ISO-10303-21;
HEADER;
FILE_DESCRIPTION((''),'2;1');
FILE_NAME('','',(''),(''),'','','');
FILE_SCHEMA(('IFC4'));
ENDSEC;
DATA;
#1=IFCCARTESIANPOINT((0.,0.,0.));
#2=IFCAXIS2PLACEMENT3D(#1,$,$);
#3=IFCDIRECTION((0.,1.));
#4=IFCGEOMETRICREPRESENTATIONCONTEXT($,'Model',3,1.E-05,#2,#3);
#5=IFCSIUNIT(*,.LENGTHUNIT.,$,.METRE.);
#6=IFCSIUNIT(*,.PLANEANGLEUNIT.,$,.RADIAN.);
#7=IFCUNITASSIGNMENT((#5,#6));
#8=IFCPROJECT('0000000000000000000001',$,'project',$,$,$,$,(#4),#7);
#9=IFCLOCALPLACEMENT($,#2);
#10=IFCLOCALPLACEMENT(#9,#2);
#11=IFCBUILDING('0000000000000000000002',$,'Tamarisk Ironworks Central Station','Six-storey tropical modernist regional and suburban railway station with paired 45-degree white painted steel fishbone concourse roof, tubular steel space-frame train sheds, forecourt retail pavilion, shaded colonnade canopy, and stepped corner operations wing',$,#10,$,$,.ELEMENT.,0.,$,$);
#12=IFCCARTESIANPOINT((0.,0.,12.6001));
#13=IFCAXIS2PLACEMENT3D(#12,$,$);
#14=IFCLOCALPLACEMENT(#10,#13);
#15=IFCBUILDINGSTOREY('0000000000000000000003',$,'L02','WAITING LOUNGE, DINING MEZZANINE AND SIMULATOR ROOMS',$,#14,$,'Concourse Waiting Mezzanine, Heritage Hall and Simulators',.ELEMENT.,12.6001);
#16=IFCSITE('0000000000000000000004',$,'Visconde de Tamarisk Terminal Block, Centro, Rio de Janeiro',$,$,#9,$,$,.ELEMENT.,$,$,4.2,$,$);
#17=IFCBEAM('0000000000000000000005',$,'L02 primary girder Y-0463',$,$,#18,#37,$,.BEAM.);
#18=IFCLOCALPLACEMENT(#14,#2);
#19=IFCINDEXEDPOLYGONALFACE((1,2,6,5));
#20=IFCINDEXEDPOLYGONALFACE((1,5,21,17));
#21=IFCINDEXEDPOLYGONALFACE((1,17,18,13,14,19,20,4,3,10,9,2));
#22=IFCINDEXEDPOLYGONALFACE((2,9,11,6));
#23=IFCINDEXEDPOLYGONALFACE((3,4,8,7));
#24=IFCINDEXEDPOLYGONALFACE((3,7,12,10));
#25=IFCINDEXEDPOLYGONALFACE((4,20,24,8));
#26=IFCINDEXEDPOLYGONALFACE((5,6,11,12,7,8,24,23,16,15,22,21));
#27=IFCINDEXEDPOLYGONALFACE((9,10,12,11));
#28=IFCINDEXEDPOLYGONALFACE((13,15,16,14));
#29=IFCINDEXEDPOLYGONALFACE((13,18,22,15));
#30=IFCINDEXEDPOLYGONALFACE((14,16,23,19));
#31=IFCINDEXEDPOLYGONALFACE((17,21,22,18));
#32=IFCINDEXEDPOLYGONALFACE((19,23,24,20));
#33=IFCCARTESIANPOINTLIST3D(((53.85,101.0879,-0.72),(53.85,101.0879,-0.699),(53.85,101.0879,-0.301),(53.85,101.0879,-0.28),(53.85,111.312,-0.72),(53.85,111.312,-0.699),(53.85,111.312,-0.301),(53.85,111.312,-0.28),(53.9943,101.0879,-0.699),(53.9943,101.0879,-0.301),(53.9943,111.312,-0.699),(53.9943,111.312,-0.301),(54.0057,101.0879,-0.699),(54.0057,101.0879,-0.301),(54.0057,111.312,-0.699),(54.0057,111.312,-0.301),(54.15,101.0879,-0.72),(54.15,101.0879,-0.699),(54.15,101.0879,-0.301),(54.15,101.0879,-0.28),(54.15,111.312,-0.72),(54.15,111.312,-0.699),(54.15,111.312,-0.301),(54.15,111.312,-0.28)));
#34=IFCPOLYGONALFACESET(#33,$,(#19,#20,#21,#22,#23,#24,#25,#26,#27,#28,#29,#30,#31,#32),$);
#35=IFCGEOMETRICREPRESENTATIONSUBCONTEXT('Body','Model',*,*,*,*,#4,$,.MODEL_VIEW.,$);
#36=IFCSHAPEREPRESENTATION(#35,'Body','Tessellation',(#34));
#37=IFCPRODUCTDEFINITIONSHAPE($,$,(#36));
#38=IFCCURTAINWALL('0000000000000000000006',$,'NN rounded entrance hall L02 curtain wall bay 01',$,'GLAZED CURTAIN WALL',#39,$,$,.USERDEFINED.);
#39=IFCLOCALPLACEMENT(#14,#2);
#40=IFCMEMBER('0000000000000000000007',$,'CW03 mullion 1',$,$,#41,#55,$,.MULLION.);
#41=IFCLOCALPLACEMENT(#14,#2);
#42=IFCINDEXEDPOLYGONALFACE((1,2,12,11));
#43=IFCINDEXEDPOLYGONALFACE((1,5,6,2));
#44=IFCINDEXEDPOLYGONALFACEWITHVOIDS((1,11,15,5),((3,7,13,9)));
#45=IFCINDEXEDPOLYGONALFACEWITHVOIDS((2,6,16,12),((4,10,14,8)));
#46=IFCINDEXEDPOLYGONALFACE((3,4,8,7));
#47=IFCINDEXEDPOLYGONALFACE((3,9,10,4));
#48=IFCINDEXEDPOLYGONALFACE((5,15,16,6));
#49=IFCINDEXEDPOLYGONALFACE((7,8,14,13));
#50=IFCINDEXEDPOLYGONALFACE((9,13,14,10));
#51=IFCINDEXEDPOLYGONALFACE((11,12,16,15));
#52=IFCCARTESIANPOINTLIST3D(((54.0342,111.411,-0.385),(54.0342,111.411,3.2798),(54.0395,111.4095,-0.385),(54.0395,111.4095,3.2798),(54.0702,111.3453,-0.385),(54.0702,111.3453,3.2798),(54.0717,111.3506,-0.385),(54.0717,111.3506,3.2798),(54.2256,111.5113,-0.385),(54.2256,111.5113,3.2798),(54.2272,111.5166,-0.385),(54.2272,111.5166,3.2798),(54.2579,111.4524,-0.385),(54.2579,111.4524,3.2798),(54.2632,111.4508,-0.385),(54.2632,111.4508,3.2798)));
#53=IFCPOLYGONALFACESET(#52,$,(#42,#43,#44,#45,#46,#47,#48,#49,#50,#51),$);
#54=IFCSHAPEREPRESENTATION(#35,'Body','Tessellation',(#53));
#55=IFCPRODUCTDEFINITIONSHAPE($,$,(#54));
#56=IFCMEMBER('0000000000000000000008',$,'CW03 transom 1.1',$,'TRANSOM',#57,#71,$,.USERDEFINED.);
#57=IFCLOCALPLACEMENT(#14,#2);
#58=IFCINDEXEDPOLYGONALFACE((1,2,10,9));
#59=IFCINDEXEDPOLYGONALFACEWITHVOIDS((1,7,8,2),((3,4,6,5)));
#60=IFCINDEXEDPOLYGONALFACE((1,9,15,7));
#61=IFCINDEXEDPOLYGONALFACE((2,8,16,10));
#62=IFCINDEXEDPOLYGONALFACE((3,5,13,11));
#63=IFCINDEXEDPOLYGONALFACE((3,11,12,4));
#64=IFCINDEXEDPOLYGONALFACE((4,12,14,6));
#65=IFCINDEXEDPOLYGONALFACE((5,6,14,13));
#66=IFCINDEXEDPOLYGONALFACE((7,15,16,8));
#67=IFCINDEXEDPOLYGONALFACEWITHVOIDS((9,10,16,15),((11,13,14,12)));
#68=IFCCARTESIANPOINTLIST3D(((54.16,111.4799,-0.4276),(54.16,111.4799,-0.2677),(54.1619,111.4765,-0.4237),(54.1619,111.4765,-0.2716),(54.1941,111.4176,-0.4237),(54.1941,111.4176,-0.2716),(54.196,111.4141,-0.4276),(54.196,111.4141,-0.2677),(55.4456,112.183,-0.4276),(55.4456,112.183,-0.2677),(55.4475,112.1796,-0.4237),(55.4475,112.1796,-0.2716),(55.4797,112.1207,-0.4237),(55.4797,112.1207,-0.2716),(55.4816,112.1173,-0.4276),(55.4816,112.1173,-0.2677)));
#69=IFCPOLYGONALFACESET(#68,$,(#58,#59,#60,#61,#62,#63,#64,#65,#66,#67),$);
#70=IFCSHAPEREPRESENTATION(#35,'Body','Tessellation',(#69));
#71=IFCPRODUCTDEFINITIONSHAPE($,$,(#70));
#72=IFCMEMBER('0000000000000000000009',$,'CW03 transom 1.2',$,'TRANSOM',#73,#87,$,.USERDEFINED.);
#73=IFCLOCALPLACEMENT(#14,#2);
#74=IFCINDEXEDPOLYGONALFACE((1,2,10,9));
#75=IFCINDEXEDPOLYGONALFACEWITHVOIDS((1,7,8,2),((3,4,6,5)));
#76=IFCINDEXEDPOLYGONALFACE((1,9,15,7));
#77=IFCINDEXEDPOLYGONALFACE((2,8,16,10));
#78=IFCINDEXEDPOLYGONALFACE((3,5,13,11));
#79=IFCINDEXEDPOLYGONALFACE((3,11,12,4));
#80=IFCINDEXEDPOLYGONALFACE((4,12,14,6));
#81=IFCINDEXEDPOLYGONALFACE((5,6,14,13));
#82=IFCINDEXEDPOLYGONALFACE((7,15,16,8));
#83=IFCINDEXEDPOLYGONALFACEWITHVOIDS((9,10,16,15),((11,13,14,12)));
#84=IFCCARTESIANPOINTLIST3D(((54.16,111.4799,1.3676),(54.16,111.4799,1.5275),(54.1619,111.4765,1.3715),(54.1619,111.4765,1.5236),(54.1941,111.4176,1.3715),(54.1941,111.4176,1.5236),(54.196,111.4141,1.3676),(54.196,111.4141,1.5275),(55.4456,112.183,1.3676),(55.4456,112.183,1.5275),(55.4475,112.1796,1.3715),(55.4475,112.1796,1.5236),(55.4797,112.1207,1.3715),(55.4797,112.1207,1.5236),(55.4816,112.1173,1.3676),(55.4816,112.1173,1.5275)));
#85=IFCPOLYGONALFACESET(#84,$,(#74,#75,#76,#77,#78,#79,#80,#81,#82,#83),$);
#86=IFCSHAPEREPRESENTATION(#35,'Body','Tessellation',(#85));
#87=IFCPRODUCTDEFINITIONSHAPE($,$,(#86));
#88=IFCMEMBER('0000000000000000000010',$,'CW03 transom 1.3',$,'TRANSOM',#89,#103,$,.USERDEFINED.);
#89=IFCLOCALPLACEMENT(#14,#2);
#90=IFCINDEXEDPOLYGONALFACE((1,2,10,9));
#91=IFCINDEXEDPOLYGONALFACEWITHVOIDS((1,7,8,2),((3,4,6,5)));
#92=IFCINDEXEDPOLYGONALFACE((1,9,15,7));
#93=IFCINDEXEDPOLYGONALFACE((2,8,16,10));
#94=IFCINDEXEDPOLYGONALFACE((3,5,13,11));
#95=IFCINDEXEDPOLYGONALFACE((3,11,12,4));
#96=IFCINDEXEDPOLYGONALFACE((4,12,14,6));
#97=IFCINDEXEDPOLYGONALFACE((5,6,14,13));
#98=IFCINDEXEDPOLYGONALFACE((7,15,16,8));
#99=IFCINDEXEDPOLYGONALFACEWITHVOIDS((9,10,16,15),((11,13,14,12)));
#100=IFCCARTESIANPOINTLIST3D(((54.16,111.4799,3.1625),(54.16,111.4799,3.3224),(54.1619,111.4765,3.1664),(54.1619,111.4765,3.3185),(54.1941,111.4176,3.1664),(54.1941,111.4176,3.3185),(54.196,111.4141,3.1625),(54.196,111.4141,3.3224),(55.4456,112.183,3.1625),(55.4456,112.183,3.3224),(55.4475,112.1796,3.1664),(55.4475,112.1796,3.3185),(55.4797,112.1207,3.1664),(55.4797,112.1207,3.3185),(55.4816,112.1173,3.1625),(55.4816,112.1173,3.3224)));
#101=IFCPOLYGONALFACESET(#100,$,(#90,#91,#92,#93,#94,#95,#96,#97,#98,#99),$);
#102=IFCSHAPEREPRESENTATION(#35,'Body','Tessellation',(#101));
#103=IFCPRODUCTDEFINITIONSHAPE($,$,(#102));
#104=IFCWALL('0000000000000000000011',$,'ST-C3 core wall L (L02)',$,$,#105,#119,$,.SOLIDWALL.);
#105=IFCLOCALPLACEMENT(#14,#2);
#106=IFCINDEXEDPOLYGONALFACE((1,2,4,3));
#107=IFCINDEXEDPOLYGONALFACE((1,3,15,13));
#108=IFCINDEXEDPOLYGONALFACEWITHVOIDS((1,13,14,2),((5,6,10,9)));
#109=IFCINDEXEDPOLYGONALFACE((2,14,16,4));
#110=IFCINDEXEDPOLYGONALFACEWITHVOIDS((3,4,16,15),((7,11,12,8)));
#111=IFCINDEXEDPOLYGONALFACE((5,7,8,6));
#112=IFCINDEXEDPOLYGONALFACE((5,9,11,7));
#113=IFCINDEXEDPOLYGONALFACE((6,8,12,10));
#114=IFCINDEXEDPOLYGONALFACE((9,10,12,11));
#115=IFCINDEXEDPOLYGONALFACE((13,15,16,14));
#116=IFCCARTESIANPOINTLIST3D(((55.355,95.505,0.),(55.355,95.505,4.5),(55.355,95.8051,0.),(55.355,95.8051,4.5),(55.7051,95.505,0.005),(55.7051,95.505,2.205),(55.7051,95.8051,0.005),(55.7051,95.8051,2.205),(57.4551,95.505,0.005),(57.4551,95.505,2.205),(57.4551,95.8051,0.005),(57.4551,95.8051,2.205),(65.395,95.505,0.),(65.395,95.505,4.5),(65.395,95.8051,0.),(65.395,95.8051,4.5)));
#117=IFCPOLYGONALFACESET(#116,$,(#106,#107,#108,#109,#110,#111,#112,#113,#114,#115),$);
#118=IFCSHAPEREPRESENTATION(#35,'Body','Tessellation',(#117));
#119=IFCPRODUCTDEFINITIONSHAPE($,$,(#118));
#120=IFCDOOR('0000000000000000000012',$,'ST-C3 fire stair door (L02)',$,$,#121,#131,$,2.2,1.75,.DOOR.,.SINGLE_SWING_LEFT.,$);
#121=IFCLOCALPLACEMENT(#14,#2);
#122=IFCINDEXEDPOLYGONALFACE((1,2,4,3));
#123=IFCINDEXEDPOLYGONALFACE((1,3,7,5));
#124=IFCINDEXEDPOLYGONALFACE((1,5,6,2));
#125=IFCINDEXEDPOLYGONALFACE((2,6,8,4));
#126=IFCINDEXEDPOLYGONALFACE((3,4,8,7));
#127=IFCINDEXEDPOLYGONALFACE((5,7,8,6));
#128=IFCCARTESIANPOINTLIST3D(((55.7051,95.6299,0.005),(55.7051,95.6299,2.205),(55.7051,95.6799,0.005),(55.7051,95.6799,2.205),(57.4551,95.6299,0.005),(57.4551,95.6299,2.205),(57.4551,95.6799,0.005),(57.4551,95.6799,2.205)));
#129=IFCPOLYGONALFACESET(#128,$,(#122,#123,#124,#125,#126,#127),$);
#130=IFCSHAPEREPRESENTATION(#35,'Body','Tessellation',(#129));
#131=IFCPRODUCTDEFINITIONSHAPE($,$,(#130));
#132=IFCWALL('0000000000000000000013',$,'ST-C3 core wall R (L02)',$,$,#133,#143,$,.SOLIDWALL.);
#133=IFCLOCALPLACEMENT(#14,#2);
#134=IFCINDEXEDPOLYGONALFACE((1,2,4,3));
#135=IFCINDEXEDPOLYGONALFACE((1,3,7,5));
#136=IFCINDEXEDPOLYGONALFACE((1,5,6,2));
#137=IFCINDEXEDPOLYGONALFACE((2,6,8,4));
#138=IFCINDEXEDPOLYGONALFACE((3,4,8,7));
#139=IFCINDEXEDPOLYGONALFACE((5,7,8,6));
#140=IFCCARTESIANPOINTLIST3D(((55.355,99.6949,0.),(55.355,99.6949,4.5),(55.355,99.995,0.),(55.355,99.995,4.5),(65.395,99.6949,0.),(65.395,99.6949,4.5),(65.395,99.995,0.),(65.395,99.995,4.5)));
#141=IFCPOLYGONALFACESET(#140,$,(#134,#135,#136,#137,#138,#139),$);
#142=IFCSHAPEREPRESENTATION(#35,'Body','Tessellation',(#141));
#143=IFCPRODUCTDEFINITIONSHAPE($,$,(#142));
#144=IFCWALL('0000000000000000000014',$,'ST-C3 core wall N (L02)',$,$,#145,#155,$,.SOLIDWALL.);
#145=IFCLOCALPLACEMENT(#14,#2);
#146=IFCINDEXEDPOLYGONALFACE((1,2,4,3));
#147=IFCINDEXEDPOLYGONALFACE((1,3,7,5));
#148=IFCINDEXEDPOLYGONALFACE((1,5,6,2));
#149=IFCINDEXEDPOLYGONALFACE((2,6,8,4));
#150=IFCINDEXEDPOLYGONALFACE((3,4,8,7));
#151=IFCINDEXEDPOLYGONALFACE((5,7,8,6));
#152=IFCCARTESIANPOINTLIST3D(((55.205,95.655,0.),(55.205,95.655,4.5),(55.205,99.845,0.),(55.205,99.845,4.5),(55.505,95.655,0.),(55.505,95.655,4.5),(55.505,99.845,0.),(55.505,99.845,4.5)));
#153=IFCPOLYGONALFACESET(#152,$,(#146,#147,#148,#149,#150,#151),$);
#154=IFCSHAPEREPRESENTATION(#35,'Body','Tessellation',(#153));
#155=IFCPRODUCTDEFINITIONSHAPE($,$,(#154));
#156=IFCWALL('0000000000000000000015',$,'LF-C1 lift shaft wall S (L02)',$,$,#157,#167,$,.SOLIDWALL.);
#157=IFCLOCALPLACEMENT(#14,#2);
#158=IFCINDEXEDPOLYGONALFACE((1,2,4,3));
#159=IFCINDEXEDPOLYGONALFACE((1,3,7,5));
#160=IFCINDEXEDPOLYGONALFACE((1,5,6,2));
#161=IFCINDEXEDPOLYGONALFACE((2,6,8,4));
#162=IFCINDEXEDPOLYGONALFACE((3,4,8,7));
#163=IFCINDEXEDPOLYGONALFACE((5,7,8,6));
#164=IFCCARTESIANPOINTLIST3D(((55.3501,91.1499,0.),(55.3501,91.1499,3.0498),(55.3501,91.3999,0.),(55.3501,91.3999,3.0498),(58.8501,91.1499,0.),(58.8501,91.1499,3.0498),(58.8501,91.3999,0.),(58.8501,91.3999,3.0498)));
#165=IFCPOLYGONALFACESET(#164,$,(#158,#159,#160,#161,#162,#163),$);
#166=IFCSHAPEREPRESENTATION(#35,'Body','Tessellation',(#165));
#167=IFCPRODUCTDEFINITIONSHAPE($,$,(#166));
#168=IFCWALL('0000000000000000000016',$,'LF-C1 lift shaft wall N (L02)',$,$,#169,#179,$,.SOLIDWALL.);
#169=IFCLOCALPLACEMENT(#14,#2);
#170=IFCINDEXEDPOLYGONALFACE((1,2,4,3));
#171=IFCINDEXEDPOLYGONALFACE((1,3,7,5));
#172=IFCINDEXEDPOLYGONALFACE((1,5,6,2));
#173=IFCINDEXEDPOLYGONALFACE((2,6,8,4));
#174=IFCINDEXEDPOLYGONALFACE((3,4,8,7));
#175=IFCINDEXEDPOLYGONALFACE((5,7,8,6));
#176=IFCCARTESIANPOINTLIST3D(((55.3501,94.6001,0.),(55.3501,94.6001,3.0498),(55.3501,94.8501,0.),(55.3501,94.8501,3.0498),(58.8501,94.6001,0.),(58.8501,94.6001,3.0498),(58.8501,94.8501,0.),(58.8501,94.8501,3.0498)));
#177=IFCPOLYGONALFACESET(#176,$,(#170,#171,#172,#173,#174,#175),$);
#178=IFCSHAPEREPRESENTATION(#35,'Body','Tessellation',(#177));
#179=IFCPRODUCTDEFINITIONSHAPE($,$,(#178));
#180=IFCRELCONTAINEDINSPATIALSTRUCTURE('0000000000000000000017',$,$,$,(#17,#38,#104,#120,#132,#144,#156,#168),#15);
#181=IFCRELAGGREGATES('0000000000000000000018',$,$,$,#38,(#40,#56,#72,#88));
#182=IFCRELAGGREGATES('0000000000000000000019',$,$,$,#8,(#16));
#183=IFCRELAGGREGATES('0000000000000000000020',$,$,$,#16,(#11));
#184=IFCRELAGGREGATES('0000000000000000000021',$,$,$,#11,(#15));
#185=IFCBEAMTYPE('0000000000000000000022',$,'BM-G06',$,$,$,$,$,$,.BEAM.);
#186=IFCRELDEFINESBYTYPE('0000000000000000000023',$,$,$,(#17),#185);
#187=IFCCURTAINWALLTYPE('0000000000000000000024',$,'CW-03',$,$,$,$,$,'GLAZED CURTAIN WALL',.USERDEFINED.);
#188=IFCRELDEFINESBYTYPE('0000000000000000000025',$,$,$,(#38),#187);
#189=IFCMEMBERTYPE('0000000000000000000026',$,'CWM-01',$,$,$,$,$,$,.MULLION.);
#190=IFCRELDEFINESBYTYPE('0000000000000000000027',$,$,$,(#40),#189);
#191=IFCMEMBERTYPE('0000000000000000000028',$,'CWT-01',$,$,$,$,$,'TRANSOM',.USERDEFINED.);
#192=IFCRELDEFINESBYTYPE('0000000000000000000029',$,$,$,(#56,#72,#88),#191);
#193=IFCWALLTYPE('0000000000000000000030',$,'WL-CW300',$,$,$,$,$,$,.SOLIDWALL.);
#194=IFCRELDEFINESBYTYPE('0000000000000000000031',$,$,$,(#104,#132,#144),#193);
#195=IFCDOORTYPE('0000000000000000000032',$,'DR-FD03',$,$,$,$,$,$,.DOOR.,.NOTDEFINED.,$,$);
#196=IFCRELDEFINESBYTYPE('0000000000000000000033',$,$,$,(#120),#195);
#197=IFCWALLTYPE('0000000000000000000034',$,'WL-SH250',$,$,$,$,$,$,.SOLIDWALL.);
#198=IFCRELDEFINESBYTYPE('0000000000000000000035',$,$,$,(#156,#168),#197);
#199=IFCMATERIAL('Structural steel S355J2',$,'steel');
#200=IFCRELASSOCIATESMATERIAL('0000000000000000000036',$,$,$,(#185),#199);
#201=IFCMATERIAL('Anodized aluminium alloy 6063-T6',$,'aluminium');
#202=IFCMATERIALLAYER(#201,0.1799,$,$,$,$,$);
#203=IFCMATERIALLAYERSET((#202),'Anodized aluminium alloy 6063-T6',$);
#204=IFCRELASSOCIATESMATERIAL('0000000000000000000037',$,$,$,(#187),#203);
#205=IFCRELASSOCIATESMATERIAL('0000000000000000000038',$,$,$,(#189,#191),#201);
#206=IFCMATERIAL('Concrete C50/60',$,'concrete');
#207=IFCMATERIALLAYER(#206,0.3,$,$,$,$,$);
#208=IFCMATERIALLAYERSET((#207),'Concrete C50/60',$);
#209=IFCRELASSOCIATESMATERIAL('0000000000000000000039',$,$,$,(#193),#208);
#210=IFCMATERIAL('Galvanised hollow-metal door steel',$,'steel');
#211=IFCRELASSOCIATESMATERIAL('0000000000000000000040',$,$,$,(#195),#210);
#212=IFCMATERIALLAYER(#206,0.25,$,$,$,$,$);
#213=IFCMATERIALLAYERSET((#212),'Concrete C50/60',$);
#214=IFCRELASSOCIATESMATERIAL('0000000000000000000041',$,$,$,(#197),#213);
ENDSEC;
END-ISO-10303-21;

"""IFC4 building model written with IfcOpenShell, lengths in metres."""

from ifc_helpers import new_model, si_unit, direction, frame, frame_2d, origin, origin_2d, place, context, subcontext, project, spatial, rectangle, hollow_rectangle, i_section, extrude, material, layer, layer_set, material_profile, profile_set, type_object, element, fill, aggregate, save


model = new_model("IFC4")

# Units and contexts
model_context = context("Model", 3, precision=1e-05, world=origin(), true_north=direction((0.0, 1.0)))
body_context = subcontext(model_context, "Body", "Model", "MODEL_VIEW")
ifc_project = project(units=[si_unit("LENGTHUNIT", "METRE"), si_unit("PLANEANGLEUNIT", "RADIAN")], contexts=[model_context])

# Site, building, storey
site_placement = place(None, origin())
site = spatial("IfcSite", under=ifc_project, at=site_placement, Name="Visconde de Tamarisk Terminal Block, Centro, Rio de Janeiro", CompositionType="ELEMENT", RefElevation=4.2)
building_placement = place(site_placement, origin())
building = spatial("IfcBuilding", under=site, at=building_placement, Name="Tamarisk Ironworks Central Station", Description="Six-storey tropical modernist regional and suburban railway station with paired 45-degree white painted steel fishbone concourse roof, tubular steel space-frame train sheds, forecourt retail pavilion, shaded colonnade canopy, and stepped corner operations wing", CompositionType="ELEMENT", ElevationOfRefHeight=0.0)
storey_placement = place(building_placement, frame((0.0, 0.0, 12.6001)))
storey = spatial("IfcBuildingStorey", under=building, at=storey_placement, Name="L02", Description="WAITING LOUNGE, DINING MEZZANINE AND SIMULATOR ROOMS", LongName="Concourse Waiting Mezzanine, Heritage Hall and Simulators", CompositionType="ELEMENT", Elevation=12.6001)

# Beam
ifc_material_1 = material(Name="Structural steel S355J2", Category="steel")
ifc_material_profile_1 = material_profile(ifc_material_1, i_section(OverallWidth=0.3, OverallDepth=0.4399, WebThickness=0.0115, FlangeThickness=0.021, at=origin_2d()), Name="HEA 450")
ifc_profile_set_1 = profile_set([ifc_material_profile_1], Name="Structural steel S355J2")
beam_type_1 = type_object("IfcBeamType", Name="BM-G06", PredefinedType="BEAM", material=ifc_profile_set_1)
beam_1_placement = place(storey_placement, frame((54.0, 101.0879, -0.5), z_axis=(0.0, 1.0, 0.0), x_axis=(-1.0, 0.0, 0.0)))
element("IfcBeam", 1, at=beam_1_placement, inside=storey, type_object=beam_type_1, Name="L02 primary girder Y-0463", PredefinedType="BEAM", context=body_context, shape_type="SweptSolid", body=[
    extrude(i_section(OverallWidth=0.3, OverallDepth=0.4399, WebThickness=0.0115, FlangeThickness=0.021, at=origin_2d()), origin(), (0.0, 0.0, 1.0), 10.2241),
])

# Curtain wall, members
ifc_material_2 = material(Name="Anodized aluminium alloy 6063-T6", Category="aluminium")
ifc_layer_1 = layer(ifc_material_2, 0.1799)
ifc_layer_set_1 = layer_set([ifc_layer_1], Name="Anodized aluminium alloy 6063-T6")
curtain_wall_type = type_object("IfcCurtainWallType", Name="CW-03", ElementType="GLAZED CURTAIN WALL", PredefinedType="USERDEFINED", material=ifc_layer_set_1)
curtain_wall_placement = place(storey_placement, origin())
curtain_wall = element("IfcCurtainWall", 2, at=curtain_wall_placement, inside=storey, type_object=curtain_wall_type, Name="NN rounded entrance hall L02 curtain wall bay 01", ObjectType="GLAZED CURTAIN WALL", PredefinedType="USERDEFINED")
ifc_material_profile_2 = material_profile(ifc_material_2, hollow_rectangle(XDim=0.075, YDim=0.22, WallThickness=0.0039, at=origin_2d()), Name="ALUM 220x75")
ifc_profile_set_2 = profile_set([ifc_material_profile_2], Name="Anodized aluminium alloy 6063-T6")
member_type_1 = type_object("IfcMemberType", Name="CWM-01", PredefinedType="MULLION", material=ifc_profile_set_2)
member_1_placement = place(storey_placement, frame((54.1487, 111.4309, -0.385), z_axis=(0.0, 0.0, 1.0), x_axis=(-0.479805, 0.877375, 0.0)))
member_1 = element("IfcMember", 3, at=member_1_placement, type_object=member_type_1, Name="CW03 mullion 1", PredefinedType="MULLION", context=body_context, shape_type="SweptSolid", body=[
    extrude(hollow_rectangle(XDim=0.075, YDim=0.22, WallThickness=0.0039, at=origin_2d()), origin(), (0.0, 0.0, 1.0), 3.6648),
])
ifc_material_profile_3 = material_profile(ifc_material_2, hollow_rectangle(XDim=0.075, YDim=0.1599, WallThickness=0.0039, at=origin_2d()), Name="ALUM 160x75")
ifc_profile_set_3 = profile_set([ifc_material_profile_3], Name="Anodized aluminium alloy 6063-T6")
member_type_2 = type_object("IfcMemberType", Name="CWT-01", ElementType="TRANSOM", PredefinedType="USERDEFINED", material=ifc_profile_set_3)
member_2_placement = place(storey_placement, frame((54.178, 111.447, -0.3477), z_axis=(0.87736, 0.479832, 0.0), x_axis=(-0.479832, 0.87736, 0.0)))
member_2 = element("IfcMember", 4, at=member_2_placement, type_object=member_type_2, Name="CW03 transom 1.1", ObjectType="TRANSOM", PredefinedType="USERDEFINED", context=body_context, shape_type="SweptSolid", body=[
    extrude(hollow_rectangle(XDim=0.075, YDim=0.1599, WallThickness=0.0039, at=origin_2d()), origin(), (0.0, 0.0, 1.0), 1.4653),
])
member_3_placement = place(storey_placement, frame((54.178, 111.447, 1.4475), z_axis=(0.87736, 0.479832, 0.0), x_axis=(-0.479832, 0.87736, 0.0)))
member_3 = element("IfcMember", 5, at=member_3_placement, type_object=member_type_2, Name="CW03 transom 1.2", ObjectType="TRANSOM", PredefinedType="USERDEFINED", context=body_context, shape_type="SweptSolid", body=[
    extrude(hollow_rectangle(XDim=0.075, YDim=0.1599, WallThickness=0.0039, at=origin_2d()), origin(), (0.0, 0.0, 1.0), 1.4653),
])
member_4_placement = place(storey_placement, frame((54.178, 111.447, 3.2424), z_axis=(0.87736, 0.479832, 0.0), x_axis=(-0.479832, 0.87736, 0.0)))
member_4 = element("IfcMember", 6, at=member_4_placement, type_object=member_type_2, Name="CW03 transom 1.3", ObjectType="TRANSOM", PredefinedType="USERDEFINED", context=body_context, shape_type="SweptSolid", body=[
    extrude(hollow_rectangle(XDim=0.075, YDim=0.1599, WallThickness=0.0039, at=origin_2d()), origin(), (0.0, 0.0, 1.0), 1.4653),
])
aggregate(curtain_wall, [member_1, member_2, member_3, member_4])

# Wall, opening, door
ifc_material_3 = material(Name="Concrete C50/60", Category="concrete")
ifc_layer_2 = layer(ifc_material_3, 0.3)
ifc_layer_set_2 = layer_set([ifc_layer_2], Name="Concrete C50/60")
wall_type_1 = type_object("IfcWallType", Name="WL-CW300", PredefinedType="SOLIDWALL", material=ifc_layer_set_2)
wall_1_placement = place(storey_placement, frame((55.355, 95.655, 0.0), z_axis=(0.0, 0.0, 1.0), x_axis=(1.0, 0.0, 0.0)))
wall_1 = element("IfcWall", 7, at=wall_1_placement, inside=storey, type_object=wall_type_1, Name="ST-C3 core wall L (L02)", PredefinedType="SOLIDWALL", context=body_context, shape_type="SweptSolid", body=[
    extrude(rectangle(XDim=10.04, YDim=0.3, at=frame_2d((5.02, 0.0))), origin(), (0.0, 0.0, 1.0), 4.5),
])
opening_1_placement = place(wall_1_placement, frame((0.3501, 0.0, 0.0049)))
opening_1 = element("IfcOpeningElement", 8, at=opening_1_placement, cuts=wall_1, PredefinedType="OPENING", context=body_context, shape_type="SweptSolid", body=[
    extrude(rectangle(XDim=1.75, YDim=2.2, at=frame_2d((0.875, 1.1001))), frame((0.0, 0.1621, 0.0), z_axis=(0.0, -1.0, 0.0), x_axis=(1.0, 0.0, 0.0)), (0.0, 0.0, 1.0), 0.324),
])
ifc_material_4 = material(Name="Galvanised hollow-metal door steel", Category="steel")
door_type_1 = type_object("IfcDoorType", Name="DR-FD03", OperationType="NOTDEFINED", PredefinedType="DOOR", material=ifc_material_4)
door_1_placement = place(opening_1_placement, origin())
door_1 = element("IfcDoor", 9, at=door_1_placement, inside=storey, type_object=door_type_1, Name="ST-C3 fire stair door (L02)", OperationType="SINGLE_SWING_LEFT", OverallHeight=2.2, OverallWidth=1.75, PredefinedType="DOOR", context=body_context, shape_type="SweptSolid", body=[
    extrude(rectangle(XDim=1.75, YDim=2.2, at=frame_2d((0.875, 1.1001))), frame((0.0, 0.0249, 0.0), z_axis=(0.0, -1.0, 0.0), x_axis=(1.0, 0.0, 0.0)), (0.0, 0.0, 1.0), 0.05),
])
fill(opening_1, door_1)

# Walls
wall_2_placement = place(storey_placement, frame((55.355, 99.845, 0.0), z_axis=(0.0, 0.0, 1.0), x_axis=(1.0, 0.0, 0.0)))
element("IfcWall", 10, at=wall_2_placement, inside=storey, type_object=wall_type_1, Name="ST-C3 core wall R (L02)", PredefinedType="SOLIDWALL", context=body_context, shape_type="SweptSolid", body=[
    extrude(rectangle(XDim=10.04, YDim=0.3, at=frame_2d((5.02, 0.0))), origin(), (0.0, 0.0, 1.0), 4.5),
])
wall_3_placement = place(storey_placement, frame((55.355, 95.655, 0.0), z_axis=(0.0, 0.0, 1.0), x_axis=(0.0, 1.0, 0.0)))
element("IfcWall", 11, at=wall_3_placement, inside=storey, type_object=wall_type_1, Name="ST-C3 core wall N (L02)", PredefinedType="SOLIDWALL", context=body_context, shape_type="SweptSolid", body=[
    extrude(rectangle(XDim=4.1899, YDim=0.3, at=frame_2d((2.095, 0.0))), origin(), (0.0, 0.0, 1.0), 4.5),
])
ifc_layer_3 = layer(ifc_material_3, 0.25)
ifc_layer_set_3 = layer_set([ifc_layer_3], Name="Concrete C50/60")
wall_type_2 = type_object("IfcWallType", Name="WL-SH250", PredefinedType="SOLIDWALL", material=ifc_layer_set_3)
for number, where, z_axis, x_axis, name in (
    (12, (55.3501, 91.2749, 0.0), (0.0, 0.0, 1.0), (1.0, 0.0, 0.0), "LF-C1 lift shaft wall S (L02)"),
    (13, (55.3501, 94.7251, 0.0), (0.0, 0.0, 1.0), (1.0, 0.0, 0.0), "LF-C1 lift shaft wall N (L02)"),
):
    element("IfcWall", number, at=place(storey_placement, frame(where, z_axis=z_axis, x_axis=x_axis)), inside=storey, type_object=wall_type_2, Name=name, PredefinedType="SOLIDWALL", context=body_context, shape_type="SweptSolid", body=[
        extrude(rectangle(XDim=3.5, YDim=0.25, at=frame_2d((1.75, 0.0))), origin(), (0.0, 0.0, 1.0), 3.0498),
    ])

save(model, "model.ifc")
